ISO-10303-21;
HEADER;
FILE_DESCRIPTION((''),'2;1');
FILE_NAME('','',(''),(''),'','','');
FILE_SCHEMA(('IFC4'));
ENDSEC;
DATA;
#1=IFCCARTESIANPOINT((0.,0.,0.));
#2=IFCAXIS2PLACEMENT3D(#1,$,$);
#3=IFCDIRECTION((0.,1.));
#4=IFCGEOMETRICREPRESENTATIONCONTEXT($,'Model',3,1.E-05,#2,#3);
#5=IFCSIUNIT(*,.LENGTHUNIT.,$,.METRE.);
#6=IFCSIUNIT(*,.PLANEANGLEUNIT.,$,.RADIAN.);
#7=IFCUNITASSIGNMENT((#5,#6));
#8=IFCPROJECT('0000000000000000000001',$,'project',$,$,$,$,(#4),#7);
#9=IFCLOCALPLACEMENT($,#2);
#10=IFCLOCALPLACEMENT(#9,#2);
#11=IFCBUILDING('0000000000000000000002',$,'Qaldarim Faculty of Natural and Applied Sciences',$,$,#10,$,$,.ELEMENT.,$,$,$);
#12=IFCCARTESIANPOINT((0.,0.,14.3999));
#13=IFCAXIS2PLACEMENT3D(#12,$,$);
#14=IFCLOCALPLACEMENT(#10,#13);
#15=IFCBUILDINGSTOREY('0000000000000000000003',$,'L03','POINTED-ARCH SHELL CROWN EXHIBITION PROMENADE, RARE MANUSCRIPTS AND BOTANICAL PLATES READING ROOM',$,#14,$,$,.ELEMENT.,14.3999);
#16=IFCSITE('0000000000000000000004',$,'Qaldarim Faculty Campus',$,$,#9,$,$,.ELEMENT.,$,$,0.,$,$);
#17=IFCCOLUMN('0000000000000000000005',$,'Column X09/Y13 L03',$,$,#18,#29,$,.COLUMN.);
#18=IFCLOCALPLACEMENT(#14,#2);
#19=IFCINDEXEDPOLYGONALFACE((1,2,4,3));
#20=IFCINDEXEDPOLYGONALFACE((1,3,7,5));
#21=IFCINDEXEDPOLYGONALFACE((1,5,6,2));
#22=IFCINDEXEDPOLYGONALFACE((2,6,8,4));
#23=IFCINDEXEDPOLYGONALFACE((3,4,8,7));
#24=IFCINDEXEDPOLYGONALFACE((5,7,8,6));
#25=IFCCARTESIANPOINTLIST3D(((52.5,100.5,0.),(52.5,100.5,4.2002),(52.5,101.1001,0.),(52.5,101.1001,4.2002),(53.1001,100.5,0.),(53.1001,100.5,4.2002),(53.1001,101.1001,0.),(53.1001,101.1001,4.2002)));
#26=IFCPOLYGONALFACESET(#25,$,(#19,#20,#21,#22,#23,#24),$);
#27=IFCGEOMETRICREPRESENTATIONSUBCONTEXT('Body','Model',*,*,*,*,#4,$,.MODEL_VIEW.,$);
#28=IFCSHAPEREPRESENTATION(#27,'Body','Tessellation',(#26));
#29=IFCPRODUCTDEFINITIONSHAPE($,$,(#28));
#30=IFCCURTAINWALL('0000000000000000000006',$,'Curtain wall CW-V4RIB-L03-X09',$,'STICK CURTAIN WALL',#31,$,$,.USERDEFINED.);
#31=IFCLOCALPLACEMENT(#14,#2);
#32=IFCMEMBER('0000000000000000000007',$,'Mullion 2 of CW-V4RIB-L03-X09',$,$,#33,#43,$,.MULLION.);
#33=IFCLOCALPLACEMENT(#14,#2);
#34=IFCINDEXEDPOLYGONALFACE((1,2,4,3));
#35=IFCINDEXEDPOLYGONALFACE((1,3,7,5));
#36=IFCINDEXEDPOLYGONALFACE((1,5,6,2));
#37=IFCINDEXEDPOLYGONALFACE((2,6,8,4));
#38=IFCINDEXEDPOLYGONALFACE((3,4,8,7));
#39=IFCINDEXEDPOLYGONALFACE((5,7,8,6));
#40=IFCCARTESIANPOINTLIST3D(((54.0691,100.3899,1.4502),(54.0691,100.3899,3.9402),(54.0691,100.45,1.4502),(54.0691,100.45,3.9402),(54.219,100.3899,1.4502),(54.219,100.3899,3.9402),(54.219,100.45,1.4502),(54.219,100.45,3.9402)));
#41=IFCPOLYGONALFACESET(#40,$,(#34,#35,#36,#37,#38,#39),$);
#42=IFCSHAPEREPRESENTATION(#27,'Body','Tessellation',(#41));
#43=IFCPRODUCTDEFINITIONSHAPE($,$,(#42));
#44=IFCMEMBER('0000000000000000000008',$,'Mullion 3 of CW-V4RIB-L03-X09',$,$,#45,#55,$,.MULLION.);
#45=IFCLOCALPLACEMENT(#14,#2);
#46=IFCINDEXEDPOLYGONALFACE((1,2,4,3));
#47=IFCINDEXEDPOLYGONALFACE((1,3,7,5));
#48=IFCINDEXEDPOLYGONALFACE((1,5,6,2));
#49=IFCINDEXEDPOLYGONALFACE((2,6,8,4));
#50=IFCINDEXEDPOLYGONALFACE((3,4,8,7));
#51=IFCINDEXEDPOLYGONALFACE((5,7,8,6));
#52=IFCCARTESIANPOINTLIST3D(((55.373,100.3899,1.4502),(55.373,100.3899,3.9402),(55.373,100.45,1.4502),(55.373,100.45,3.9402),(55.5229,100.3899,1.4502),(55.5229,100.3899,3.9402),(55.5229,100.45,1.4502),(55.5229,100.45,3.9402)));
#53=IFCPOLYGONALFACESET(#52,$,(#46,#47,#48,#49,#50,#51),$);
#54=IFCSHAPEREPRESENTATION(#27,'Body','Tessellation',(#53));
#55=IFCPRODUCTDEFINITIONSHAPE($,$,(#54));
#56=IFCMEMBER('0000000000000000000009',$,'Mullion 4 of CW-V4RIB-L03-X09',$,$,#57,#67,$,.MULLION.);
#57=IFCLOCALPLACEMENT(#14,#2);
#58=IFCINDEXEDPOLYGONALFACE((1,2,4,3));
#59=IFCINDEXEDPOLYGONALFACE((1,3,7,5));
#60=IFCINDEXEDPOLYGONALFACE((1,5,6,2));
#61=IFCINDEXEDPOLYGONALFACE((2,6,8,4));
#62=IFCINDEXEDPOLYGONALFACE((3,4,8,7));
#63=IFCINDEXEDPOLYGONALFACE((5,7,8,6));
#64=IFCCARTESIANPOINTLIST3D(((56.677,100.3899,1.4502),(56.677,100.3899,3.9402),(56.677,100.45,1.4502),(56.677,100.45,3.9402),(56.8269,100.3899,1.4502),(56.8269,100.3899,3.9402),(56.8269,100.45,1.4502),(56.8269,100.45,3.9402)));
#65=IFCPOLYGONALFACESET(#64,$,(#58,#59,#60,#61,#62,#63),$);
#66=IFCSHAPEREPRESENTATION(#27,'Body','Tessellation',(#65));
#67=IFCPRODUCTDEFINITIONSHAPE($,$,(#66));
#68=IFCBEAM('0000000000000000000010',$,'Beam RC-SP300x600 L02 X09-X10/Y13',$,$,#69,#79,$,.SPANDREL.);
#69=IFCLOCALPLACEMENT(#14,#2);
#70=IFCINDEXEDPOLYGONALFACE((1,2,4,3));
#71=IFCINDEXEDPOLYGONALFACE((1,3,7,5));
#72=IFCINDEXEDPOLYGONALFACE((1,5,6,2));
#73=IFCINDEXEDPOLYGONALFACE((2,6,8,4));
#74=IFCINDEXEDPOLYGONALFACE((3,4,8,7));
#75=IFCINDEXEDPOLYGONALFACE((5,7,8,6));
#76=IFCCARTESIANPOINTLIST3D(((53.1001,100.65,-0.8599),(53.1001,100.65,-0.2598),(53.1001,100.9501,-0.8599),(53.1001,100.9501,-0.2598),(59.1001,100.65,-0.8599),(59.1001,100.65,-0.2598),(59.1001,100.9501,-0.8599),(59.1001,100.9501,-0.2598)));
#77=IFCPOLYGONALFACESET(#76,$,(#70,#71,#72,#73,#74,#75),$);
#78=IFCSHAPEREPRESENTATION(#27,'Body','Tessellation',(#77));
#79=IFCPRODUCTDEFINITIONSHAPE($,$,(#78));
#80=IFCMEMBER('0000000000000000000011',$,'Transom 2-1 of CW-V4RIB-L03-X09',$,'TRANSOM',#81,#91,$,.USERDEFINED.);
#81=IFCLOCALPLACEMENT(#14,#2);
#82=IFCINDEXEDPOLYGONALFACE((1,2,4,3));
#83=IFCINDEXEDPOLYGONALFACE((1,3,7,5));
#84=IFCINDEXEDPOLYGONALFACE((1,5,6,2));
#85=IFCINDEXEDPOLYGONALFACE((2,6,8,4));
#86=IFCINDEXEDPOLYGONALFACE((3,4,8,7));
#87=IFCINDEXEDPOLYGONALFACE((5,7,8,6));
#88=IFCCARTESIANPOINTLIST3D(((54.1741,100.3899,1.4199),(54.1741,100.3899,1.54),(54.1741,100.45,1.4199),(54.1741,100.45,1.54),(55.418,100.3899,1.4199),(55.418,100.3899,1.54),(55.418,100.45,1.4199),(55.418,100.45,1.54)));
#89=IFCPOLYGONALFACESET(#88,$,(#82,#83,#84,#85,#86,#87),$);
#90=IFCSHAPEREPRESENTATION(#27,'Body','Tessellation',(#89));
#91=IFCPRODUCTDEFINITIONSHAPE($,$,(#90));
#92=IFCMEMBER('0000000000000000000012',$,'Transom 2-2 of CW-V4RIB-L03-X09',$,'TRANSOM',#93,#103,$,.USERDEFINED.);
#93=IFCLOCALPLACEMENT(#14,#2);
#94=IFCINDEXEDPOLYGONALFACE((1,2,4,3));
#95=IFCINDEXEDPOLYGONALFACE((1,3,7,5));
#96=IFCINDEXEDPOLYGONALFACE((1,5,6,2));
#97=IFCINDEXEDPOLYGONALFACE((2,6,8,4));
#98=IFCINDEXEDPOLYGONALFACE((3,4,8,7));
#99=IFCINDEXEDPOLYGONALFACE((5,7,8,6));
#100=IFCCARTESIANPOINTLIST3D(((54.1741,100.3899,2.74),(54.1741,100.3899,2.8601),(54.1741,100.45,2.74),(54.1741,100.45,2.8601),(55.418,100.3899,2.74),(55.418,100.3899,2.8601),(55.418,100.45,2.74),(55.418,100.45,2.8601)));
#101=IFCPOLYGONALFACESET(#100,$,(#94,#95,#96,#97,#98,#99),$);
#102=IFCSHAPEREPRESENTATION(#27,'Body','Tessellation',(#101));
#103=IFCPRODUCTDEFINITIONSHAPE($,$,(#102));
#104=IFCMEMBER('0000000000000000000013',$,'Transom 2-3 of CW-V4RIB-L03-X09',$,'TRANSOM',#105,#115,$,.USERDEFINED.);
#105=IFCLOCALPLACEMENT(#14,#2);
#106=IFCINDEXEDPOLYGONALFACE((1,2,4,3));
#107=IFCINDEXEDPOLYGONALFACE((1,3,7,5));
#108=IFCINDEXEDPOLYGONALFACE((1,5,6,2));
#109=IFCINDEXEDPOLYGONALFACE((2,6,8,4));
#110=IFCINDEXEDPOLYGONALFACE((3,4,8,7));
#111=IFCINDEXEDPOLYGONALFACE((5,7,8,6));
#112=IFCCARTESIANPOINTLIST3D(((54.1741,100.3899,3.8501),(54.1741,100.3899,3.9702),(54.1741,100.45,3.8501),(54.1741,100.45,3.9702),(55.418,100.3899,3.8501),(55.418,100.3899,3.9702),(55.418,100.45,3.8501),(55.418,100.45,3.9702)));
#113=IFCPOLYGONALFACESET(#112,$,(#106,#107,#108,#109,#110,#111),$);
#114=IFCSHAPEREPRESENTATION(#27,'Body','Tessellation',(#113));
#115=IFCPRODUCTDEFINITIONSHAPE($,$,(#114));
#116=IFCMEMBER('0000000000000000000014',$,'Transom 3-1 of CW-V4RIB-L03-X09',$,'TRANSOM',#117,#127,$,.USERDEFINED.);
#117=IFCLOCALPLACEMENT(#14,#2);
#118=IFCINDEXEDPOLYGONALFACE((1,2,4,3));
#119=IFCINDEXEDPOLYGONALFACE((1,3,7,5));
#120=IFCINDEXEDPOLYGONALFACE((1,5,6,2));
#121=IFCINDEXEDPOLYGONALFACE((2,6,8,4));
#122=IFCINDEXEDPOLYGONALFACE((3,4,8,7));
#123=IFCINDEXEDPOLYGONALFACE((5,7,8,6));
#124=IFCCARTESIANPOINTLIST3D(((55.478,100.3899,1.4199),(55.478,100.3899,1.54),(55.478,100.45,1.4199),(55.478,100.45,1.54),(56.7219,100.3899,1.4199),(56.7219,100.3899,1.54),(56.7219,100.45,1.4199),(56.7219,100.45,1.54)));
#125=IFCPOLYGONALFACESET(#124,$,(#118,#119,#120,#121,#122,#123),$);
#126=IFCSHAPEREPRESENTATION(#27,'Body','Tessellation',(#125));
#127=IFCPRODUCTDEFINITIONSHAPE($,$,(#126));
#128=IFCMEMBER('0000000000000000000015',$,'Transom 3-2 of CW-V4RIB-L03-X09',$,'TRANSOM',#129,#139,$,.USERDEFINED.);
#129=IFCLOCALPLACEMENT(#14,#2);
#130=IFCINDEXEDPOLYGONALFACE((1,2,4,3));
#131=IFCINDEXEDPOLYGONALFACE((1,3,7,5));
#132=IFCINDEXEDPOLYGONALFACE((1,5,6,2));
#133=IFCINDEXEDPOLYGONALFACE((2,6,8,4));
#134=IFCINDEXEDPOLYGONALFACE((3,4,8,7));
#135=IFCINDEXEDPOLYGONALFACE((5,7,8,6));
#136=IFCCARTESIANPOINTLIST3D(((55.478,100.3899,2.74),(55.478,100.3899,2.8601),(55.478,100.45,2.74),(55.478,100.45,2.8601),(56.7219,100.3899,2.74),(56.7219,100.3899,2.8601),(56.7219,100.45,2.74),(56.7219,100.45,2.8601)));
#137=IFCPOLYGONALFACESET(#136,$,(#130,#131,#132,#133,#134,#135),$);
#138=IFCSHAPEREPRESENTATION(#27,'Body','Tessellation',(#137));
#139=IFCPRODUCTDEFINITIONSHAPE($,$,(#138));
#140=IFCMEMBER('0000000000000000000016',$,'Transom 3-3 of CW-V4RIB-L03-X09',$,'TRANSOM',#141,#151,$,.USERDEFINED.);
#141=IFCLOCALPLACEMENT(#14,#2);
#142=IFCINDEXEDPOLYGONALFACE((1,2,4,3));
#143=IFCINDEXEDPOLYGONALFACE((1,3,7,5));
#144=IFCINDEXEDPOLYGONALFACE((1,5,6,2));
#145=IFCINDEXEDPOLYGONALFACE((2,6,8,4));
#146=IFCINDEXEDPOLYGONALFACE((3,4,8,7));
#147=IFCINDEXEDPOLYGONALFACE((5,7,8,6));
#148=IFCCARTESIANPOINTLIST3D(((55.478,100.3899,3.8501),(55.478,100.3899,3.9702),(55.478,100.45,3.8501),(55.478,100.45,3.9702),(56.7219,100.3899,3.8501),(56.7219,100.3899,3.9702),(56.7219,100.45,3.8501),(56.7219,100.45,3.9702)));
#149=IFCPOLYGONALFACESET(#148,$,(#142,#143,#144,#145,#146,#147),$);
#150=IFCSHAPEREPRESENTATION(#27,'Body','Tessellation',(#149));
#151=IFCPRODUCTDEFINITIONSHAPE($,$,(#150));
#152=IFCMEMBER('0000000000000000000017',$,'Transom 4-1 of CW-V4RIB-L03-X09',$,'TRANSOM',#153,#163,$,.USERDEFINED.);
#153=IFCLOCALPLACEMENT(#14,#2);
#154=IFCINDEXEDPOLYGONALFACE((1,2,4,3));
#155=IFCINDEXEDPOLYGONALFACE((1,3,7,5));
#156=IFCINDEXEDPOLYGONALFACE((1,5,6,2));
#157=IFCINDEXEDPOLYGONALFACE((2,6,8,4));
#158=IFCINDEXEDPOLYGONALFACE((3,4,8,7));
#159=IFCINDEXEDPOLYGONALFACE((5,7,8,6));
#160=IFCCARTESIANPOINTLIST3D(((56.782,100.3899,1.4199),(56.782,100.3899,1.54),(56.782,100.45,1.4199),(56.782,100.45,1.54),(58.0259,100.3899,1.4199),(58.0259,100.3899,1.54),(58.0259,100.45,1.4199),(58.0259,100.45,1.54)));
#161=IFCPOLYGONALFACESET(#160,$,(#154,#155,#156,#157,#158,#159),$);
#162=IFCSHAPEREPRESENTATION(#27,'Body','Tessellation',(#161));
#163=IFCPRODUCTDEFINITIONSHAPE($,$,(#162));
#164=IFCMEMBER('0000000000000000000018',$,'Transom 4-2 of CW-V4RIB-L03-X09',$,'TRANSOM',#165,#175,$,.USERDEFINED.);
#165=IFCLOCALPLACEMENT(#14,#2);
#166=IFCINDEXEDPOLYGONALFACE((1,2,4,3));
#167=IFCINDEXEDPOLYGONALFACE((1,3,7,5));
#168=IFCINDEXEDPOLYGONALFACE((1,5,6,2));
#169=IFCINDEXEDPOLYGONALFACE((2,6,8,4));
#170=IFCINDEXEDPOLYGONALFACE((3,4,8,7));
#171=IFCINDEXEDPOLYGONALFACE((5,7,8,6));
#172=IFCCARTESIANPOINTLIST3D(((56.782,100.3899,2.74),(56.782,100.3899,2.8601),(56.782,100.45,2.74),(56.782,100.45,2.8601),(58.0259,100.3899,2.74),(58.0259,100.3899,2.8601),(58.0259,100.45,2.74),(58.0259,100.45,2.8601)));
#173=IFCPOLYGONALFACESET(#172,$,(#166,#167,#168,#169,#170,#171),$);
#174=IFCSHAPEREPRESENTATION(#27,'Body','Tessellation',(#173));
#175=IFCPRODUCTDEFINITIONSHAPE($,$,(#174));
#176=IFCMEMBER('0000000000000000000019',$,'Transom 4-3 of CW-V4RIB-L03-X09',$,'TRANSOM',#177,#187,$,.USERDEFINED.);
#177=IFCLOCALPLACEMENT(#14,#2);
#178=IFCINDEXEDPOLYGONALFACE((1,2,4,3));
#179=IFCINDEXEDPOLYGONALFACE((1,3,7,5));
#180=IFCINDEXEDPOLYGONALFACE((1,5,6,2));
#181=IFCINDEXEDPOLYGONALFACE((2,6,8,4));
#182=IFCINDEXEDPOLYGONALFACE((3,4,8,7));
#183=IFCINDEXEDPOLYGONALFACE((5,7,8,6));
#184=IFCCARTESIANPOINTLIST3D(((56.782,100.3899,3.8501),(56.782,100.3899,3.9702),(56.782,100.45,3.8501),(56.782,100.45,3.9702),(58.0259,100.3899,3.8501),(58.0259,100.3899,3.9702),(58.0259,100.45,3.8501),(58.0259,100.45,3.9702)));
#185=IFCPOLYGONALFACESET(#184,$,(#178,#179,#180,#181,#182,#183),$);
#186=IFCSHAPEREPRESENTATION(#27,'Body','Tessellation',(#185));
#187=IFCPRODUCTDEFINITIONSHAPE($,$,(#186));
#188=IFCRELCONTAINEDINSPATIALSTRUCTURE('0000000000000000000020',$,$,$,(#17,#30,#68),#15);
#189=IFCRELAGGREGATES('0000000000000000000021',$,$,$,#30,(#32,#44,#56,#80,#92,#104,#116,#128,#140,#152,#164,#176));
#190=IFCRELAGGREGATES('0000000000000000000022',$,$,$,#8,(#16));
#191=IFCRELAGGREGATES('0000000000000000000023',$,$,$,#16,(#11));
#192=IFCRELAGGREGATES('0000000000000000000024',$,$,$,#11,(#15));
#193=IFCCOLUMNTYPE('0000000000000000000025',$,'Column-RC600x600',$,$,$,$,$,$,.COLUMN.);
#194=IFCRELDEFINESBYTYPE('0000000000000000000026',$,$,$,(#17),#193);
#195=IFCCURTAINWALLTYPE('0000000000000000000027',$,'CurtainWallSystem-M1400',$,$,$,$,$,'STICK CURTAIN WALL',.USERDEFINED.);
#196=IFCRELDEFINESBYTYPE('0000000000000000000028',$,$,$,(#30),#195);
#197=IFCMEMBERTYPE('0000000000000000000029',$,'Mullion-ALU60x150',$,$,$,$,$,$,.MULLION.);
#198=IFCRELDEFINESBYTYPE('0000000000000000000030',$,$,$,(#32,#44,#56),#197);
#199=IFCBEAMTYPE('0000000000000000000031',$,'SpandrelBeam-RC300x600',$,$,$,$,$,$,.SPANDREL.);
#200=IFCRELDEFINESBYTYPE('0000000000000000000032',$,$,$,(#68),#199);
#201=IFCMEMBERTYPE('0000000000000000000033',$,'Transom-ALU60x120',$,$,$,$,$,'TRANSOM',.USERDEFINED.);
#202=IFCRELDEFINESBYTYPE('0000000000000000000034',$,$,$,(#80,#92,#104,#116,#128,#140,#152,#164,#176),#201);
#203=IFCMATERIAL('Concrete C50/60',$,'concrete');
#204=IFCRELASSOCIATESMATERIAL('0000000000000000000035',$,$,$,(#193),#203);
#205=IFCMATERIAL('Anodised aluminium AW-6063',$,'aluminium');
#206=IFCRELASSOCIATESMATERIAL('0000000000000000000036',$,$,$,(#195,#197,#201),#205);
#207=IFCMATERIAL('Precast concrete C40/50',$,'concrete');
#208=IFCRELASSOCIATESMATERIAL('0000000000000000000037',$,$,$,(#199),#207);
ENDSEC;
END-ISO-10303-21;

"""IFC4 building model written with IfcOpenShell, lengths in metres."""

from ifc_helpers import new_model, si_unit, direction, frame, origin, origin_2d, place, context, subcontext, project, spatial, rectangle, extrude, material, material_profile, profile_set, type_object, element, aggregate, save


model = new_model("IFC4")

# Units and contexts
model_context = context("Model", 3, precision=1e-05, world=origin(), true_north=direction((0.0, 1.0)))
body_context = subcontext(model_context, "Body", "Model", "MODEL_VIEW")
ifc_project = project(units=[si_unit("LENGTHUNIT", "METRE"), si_unit("PLANEANGLEUNIT", "RADIAN")], contexts=[model_context])

# Site, building, storey
site_placement = place(None, origin())
site = spatial("IfcSite", under=ifc_project, at=site_placement, Name="Qaldarim Faculty Campus", CompositionType="ELEMENT", RefElevation=0.0)
building_placement = place(site_placement, origin())
building = spatial("IfcBuilding", under=site, at=building_placement, Name="Qaldarim Faculty of Natural and Applied Sciences", CompositionType="ELEMENT")
storey_placement = place(building_placement, frame((0.0, 0.0, 14.3999)))
storey = spatial("IfcBuildingStorey", under=building, at=storey_placement, Name="L03", Description="POINTED-ARCH SHELL CROWN EXHIBITION PROMENADE, RARE MANUSCRIPTS AND BOTANICAL PLATES READING ROOM", CompositionType="ELEMENT", Elevation=14.3999)

# Column
ifc_material_1 = material(Name="Concrete C50/60", Category="concrete")
ifc_material_profile_1 = material_profile(ifc_material_1, rectangle(XDim=0.6001, YDim=0.6001, at=origin_2d()), Name="RC-C600x600")
ifc_profile_set_1 = profile_set([ifc_material_profile_1], Name="Concrete C50/60")
column_type = type_object("IfcColumnType", Name="Column-RC600x600", PredefinedType="COLUMN", material=ifc_profile_set_1)
column_placement = place(storey_placement, frame((52.8, 100.8, 0.0), z_axis=(0.0, 0.0, 1.0), x_axis=(1.0, 0.0, 0.0)))
element("IfcColumn", 1, at=column_placement, inside=storey, type_object=column_type, Name="Column X09/Y13 L03", PredefinedType="COLUMN", context=body_context, shape_type="SweptSolid", body=[
    extrude(rectangle(XDim=0.6001, YDim=0.6001, at=origin_2d()), origin(), (0.0, 0.0, 1.0), 4.2002),
])

# Curtain wall, members
ifc_material_2 = material(Name="Anodised aluminium AW-6063", Category="aluminium")
curtain_wall_type = type_object("IfcCurtainWallType", Name="CurtainWallSystem-M1400", ElementType="STICK CURTAIN WALL", PredefinedType="USERDEFINED", material=ifc_material_2)
curtain_wall_placement = place(storey_placement, origin())
curtain_wall = element("IfcCurtainWall", 2, at=curtain_wall_placement, inside=storey, type_object=curtain_wall_type, Name="Curtain wall CW-V4RIB-L03-X09", ObjectType="STICK CURTAIN WALL", PredefinedType="USERDEFINED")
ifc_material_profile_2 = material_profile(ifc_material_2, rectangle(XDim=0.0601, YDim=0.1499, at=origin_2d()), Name="ALU-M60x150")
ifc_profile_set_2 = profile_set([ifc_material_profile_2], Name="Anodised aluminium AW-6063")
member_type_1 = type_object("IfcMemberType", Name="Mullion-ALU60x150", PredefinedType="MULLION", material=ifc_profile_set_2)
member_1_placement = place(storey_placement, frame((54.144, 100.4199, 1.4502), z_axis=(0.0, 0.0, 1.0), x_axis=(0.0, 1.0, 0.0)))
member_1 = element("IfcMember", 3, at=member_1_placement, type_object=member_type_1, Name="Mullion 2 of CW-V4RIB-L03-X09", PredefinedType="MULLION", context=body_context, shape_type="SweptSolid", body=[
    extrude(rectangle(XDim=0.0601, YDim=0.1499, at=origin_2d()), origin(), (0.0, 0.0, 1.0), 2.49),
])
member_2_placement = place(storey_placement, frame((55.448, 100.4199, 1.4502), z_axis=(0.0, 0.0, 1.0), x_axis=(0.0, 1.0, 0.0)))
member_2 = element("IfcMember", 4, at=member_2_placement, type_object=member_type_1, Name="Mullion 3 of CW-V4RIB-L03-X09", PredefinedType="MULLION", context=body_context, shape_type="SweptSolid", body=[
    extrude(rectangle(XDim=0.0601, YDim=0.1499, at=origin_2d()), origin(), (0.0, 0.0, 1.0), 2.49),
])
member_3_placement = place(storey_placement, frame((56.752, 100.4199, 1.4502), z_axis=(0.0, 0.0, 1.0), x_axis=(0.0, 1.0, 0.0)))
member_3 = element("IfcMember", 5, at=member_3_placement, type_object=member_type_1, Name="Mullion 4 of CW-V4RIB-L03-X09", PredefinedType="MULLION", context=body_context, shape_type="SweptSolid", body=[
    extrude(rectangle(XDim=0.0601, YDim=0.1499, at=origin_2d()), origin(), (0.0, 0.0, 1.0), 2.49),
])

# Beam
ifc_material_3 = material(Name="Precast concrete C40/50", Category="concrete")
ifc_material_profile_3 = material_profile(ifc_material_3, rectangle(XDim=0.3, YDim=0.6001, at=origin_2d()), Name="RC-SP300x600")
ifc_profile_set_3 = profile_set([ifc_material_profile_3], Name="Precast concrete C40/50")
beam_type = type_object("IfcBeamType", Name="SpandrelBeam-RC300x600", PredefinedType="SPANDREL", material=ifc_profile_set_3)
beam_placement = place(storey_placement, frame((53.1001, 100.8, -0.5598), z_axis=(1.0, 0.0, 0.0), x_axis=(0.0, 1.0, 0.0)))
element("IfcBeam", 6, at=beam_placement, inside=storey, type_object=beam_type, Name="Beam RC-SP300x600 L02 X09-X10/Y13", PredefinedType="SPANDREL", context=body_context, shape_type="SweptSolid", body=[
    extrude(rectangle(XDim=0.3, YDim=0.6001, at=origin_2d()), origin(), (0.0, 0.0, 1.0), 6.0),
])

# Members
ifc_material_profile_4 = material_profile(ifc_material_2, rectangle(XDim=0.0601, YDim=0.1201, at=origin_2d()), Name="ALU-T60x120")
ifc_profile_set_4 = profile_set([ifc_material_profile_4], Name="Anodised aluminium AW-6063")
member_type_2 = type_object("IfcMemberType", Name="Transom-ALU60x120", ElementType="TRANSOM", PredefinedType="USERDEFINED", material=ifc_profile_set_4)
member_4_placement = place(storey_placement, frame((54.1741, 100.4199, 1.48), z_axis=(1.0, 0.0, 0.0), x_axis=(0.0, 1.0, 0.0)))
member_4 = element("IfcMember", 7, at=member_4_placement, type_object=member_type_2, Name="Transom 2-1 of CW-V4RIB-L03-X09", ObjectType="TRANSOM", PredefinedType="USERDEFINED", context=body_context, shape_type="SweptSolid", body=[
    extrude(rectangle(XDim=0.0601, YDim=0.1201, at=origin_2d()), origin(), (0.0, 0.0, 1.0), 1.2439),
])
member_5_placement = place(storey_placement, frame((54.1741, 100.4199, 2.8), z_axis=(1.0, 0.0, 0.0), x_axis=(0.0, 1.0, 0.0)))
member_5 = element("IfcMember", 8, at=member_5_placement, type_object=member_type_2, Name="Transom 2-2 of CW-V4RIB-L03-X09", ObjectType="TRANSOM", PredefinedType="USERDEFINED", context=body_context, shape_type="SweptSolid", body=[
    extrude(rectangle(XDim=0.0601, YDim=0.1201, at=origin_2d()), origin(), (0.0, 0.0, 1.0), 1.2439),
])
member_6_placement = place(storey_placement, frame((54.1741, 100.4199, 3.9102), z_axis=(1.0, 0.0, 0.0), x_axis=(0.0, 1.0, 0.0)))
member_6 = element("IfcMember", 9, at=member_6_placement, type_object=member_type_2, Name="Transom 2-3 of CW-V4RIB-L03-X09", ObjectType="TRANSOM", PredefinedType="USERDEFINED", context=body_context, shape_type="SweptSolid", body=[
    extrude(rectangle(XDim=0.0601, YDim=0.1201, at=origin_2d()), origin(), (0.0, 0.0, 1.0), 1.2439),
])
member_7_placement = place(storey_placement, frame((55.478, 100.4199, 1.48), z_axis=(1.0, 0.0, 0.0), x_axis=(0.0, 1.0, 0.0)))
member_7 = element("IfcMember", 10, at=member_7_placement, type_object=member_type_2, Name="Transom 3-1 of CW-V4RIB-L03-X09", ObjectType="TRANSOM", PredefinedType="USERDEFINED", context=body_context, shape_type="SweptSolid", body=[
    extrude(rectangle(XDim=0.0601, YDim=0.1201, at=origin_2d()), origin(), (0.0, 0.0, 1.0), 1.2439),
])
member_8_placement = place(storey_placement, frame((55.478, 100.4199, 2.8), z_axis=(1.0, 0.0, 0.0), x_axis=(0.0, 1.0, 0.0)))
member_8 = element("IfcMember", 11, at=member_8_placement, type_object=member_type_2, Name="Transom 3-2 of CW-V4RIB-L03-X09", ObjectType="TRANSOM", PredefinedType="USERDEFINED", context=body_context, shape_type="SweptSolid", body=[
    extrude(rectangle(XDim=0.0601, YDim=0.1201, at=origin_2d()), origin(), (0.0, 0.0, 1.0), 1.2439),
])
member_9_placement = place(storey_placement, frame((55.478, 100.4199, 3.9102), z_axis=(1.0, 0.0, 0.0), x_axis=(0.0, 1.0, 0.0)))
member_9 = element("IfcMember", 12, at=member_9_placement, type_object=member_type_2, Name="Transom 3-3 of CW-V4RIB-L03-X09", ObjectType="TRANSOM", PredefinedType="USERDEFINED", context=body_context, shape_type="SweptSolid", body=[
    extrude(rectangle(XDim=0.0601, YDim=0.1201, at=origin_2d()), origin(), (0.0, 0.0, 1.0), 1.2439),
])
member_10_placement = place(storey_placement, frame((56.782, 100.4199, 1.48), z_axis=(1.0, 0.0, 0.0), x_axis=(0.0, 1.0, 0.0)))
member_10 = element("IfcMember", 13, at=member_10_placement, type_object=member_type_2, Name="Transom 4-1 of CW-V4RIB-L03-X09", ObjectType="TRANSOM", PredefinedType="USERDEFINED", context=body_context, shape_type="SweptSolid", body=[
    extrude(rectangle(XDim=0.0601, YDim=0.1201, at=origin_2d()), origin(), (0.0, 0.0, 1.0), 1.2439),
])
member_11_placement = place(storey_placement, frame((56.782, 100.4199, 2.8), z_axis=(1.0, 0.0, 0.0), x_axis=(0.0, 1.0, 0.0)))
member_11 = element("IfcMember", 14, at=member_11_placement, type_object=member_type_2, Name="Transom 4-2 of CW-V4RIB-L03-X09", ObjectType="TRANSOM", PredefinedType="USERDEFINED", context=body_context, shape_type="SweptSolid", body=[
    extrude(rectangle(XDim=0.0601, YDim=0.1201, at=origin_2d()), origin(), (0.0, 0.0, 1.0), 1.2439),
])
member_12_placement = place(storey_placement, frame((56.782, 100.4199, 3.9102), z_axis=(1.0, 0.0, 0.0), x_axis=(0.0, 1.0, 0.0)))
member_12 = element("IfcMember", 15, at=member_12_placement, type_object=member_type_2, Name="Transom 4-3 of CW-V4RIB-L03-X09", ObjectType="TRANSOM", PredefinedType="USERDEFINED", context=body_context, shape_type="SweptSolid", body=[
    extrude(rectangle(XDim=0.0601, YDim=0.1201, at=origin_2d()), origin(), (0.0, 0.0, 1.0), 1.2439),
])

aggregate(curtain_wall, [member_1, member_2, member_3, member_4, member_5, member_6, member_7, member_8, member_9, member_10, member_11, member_12])

save(model, "model.ifc")
